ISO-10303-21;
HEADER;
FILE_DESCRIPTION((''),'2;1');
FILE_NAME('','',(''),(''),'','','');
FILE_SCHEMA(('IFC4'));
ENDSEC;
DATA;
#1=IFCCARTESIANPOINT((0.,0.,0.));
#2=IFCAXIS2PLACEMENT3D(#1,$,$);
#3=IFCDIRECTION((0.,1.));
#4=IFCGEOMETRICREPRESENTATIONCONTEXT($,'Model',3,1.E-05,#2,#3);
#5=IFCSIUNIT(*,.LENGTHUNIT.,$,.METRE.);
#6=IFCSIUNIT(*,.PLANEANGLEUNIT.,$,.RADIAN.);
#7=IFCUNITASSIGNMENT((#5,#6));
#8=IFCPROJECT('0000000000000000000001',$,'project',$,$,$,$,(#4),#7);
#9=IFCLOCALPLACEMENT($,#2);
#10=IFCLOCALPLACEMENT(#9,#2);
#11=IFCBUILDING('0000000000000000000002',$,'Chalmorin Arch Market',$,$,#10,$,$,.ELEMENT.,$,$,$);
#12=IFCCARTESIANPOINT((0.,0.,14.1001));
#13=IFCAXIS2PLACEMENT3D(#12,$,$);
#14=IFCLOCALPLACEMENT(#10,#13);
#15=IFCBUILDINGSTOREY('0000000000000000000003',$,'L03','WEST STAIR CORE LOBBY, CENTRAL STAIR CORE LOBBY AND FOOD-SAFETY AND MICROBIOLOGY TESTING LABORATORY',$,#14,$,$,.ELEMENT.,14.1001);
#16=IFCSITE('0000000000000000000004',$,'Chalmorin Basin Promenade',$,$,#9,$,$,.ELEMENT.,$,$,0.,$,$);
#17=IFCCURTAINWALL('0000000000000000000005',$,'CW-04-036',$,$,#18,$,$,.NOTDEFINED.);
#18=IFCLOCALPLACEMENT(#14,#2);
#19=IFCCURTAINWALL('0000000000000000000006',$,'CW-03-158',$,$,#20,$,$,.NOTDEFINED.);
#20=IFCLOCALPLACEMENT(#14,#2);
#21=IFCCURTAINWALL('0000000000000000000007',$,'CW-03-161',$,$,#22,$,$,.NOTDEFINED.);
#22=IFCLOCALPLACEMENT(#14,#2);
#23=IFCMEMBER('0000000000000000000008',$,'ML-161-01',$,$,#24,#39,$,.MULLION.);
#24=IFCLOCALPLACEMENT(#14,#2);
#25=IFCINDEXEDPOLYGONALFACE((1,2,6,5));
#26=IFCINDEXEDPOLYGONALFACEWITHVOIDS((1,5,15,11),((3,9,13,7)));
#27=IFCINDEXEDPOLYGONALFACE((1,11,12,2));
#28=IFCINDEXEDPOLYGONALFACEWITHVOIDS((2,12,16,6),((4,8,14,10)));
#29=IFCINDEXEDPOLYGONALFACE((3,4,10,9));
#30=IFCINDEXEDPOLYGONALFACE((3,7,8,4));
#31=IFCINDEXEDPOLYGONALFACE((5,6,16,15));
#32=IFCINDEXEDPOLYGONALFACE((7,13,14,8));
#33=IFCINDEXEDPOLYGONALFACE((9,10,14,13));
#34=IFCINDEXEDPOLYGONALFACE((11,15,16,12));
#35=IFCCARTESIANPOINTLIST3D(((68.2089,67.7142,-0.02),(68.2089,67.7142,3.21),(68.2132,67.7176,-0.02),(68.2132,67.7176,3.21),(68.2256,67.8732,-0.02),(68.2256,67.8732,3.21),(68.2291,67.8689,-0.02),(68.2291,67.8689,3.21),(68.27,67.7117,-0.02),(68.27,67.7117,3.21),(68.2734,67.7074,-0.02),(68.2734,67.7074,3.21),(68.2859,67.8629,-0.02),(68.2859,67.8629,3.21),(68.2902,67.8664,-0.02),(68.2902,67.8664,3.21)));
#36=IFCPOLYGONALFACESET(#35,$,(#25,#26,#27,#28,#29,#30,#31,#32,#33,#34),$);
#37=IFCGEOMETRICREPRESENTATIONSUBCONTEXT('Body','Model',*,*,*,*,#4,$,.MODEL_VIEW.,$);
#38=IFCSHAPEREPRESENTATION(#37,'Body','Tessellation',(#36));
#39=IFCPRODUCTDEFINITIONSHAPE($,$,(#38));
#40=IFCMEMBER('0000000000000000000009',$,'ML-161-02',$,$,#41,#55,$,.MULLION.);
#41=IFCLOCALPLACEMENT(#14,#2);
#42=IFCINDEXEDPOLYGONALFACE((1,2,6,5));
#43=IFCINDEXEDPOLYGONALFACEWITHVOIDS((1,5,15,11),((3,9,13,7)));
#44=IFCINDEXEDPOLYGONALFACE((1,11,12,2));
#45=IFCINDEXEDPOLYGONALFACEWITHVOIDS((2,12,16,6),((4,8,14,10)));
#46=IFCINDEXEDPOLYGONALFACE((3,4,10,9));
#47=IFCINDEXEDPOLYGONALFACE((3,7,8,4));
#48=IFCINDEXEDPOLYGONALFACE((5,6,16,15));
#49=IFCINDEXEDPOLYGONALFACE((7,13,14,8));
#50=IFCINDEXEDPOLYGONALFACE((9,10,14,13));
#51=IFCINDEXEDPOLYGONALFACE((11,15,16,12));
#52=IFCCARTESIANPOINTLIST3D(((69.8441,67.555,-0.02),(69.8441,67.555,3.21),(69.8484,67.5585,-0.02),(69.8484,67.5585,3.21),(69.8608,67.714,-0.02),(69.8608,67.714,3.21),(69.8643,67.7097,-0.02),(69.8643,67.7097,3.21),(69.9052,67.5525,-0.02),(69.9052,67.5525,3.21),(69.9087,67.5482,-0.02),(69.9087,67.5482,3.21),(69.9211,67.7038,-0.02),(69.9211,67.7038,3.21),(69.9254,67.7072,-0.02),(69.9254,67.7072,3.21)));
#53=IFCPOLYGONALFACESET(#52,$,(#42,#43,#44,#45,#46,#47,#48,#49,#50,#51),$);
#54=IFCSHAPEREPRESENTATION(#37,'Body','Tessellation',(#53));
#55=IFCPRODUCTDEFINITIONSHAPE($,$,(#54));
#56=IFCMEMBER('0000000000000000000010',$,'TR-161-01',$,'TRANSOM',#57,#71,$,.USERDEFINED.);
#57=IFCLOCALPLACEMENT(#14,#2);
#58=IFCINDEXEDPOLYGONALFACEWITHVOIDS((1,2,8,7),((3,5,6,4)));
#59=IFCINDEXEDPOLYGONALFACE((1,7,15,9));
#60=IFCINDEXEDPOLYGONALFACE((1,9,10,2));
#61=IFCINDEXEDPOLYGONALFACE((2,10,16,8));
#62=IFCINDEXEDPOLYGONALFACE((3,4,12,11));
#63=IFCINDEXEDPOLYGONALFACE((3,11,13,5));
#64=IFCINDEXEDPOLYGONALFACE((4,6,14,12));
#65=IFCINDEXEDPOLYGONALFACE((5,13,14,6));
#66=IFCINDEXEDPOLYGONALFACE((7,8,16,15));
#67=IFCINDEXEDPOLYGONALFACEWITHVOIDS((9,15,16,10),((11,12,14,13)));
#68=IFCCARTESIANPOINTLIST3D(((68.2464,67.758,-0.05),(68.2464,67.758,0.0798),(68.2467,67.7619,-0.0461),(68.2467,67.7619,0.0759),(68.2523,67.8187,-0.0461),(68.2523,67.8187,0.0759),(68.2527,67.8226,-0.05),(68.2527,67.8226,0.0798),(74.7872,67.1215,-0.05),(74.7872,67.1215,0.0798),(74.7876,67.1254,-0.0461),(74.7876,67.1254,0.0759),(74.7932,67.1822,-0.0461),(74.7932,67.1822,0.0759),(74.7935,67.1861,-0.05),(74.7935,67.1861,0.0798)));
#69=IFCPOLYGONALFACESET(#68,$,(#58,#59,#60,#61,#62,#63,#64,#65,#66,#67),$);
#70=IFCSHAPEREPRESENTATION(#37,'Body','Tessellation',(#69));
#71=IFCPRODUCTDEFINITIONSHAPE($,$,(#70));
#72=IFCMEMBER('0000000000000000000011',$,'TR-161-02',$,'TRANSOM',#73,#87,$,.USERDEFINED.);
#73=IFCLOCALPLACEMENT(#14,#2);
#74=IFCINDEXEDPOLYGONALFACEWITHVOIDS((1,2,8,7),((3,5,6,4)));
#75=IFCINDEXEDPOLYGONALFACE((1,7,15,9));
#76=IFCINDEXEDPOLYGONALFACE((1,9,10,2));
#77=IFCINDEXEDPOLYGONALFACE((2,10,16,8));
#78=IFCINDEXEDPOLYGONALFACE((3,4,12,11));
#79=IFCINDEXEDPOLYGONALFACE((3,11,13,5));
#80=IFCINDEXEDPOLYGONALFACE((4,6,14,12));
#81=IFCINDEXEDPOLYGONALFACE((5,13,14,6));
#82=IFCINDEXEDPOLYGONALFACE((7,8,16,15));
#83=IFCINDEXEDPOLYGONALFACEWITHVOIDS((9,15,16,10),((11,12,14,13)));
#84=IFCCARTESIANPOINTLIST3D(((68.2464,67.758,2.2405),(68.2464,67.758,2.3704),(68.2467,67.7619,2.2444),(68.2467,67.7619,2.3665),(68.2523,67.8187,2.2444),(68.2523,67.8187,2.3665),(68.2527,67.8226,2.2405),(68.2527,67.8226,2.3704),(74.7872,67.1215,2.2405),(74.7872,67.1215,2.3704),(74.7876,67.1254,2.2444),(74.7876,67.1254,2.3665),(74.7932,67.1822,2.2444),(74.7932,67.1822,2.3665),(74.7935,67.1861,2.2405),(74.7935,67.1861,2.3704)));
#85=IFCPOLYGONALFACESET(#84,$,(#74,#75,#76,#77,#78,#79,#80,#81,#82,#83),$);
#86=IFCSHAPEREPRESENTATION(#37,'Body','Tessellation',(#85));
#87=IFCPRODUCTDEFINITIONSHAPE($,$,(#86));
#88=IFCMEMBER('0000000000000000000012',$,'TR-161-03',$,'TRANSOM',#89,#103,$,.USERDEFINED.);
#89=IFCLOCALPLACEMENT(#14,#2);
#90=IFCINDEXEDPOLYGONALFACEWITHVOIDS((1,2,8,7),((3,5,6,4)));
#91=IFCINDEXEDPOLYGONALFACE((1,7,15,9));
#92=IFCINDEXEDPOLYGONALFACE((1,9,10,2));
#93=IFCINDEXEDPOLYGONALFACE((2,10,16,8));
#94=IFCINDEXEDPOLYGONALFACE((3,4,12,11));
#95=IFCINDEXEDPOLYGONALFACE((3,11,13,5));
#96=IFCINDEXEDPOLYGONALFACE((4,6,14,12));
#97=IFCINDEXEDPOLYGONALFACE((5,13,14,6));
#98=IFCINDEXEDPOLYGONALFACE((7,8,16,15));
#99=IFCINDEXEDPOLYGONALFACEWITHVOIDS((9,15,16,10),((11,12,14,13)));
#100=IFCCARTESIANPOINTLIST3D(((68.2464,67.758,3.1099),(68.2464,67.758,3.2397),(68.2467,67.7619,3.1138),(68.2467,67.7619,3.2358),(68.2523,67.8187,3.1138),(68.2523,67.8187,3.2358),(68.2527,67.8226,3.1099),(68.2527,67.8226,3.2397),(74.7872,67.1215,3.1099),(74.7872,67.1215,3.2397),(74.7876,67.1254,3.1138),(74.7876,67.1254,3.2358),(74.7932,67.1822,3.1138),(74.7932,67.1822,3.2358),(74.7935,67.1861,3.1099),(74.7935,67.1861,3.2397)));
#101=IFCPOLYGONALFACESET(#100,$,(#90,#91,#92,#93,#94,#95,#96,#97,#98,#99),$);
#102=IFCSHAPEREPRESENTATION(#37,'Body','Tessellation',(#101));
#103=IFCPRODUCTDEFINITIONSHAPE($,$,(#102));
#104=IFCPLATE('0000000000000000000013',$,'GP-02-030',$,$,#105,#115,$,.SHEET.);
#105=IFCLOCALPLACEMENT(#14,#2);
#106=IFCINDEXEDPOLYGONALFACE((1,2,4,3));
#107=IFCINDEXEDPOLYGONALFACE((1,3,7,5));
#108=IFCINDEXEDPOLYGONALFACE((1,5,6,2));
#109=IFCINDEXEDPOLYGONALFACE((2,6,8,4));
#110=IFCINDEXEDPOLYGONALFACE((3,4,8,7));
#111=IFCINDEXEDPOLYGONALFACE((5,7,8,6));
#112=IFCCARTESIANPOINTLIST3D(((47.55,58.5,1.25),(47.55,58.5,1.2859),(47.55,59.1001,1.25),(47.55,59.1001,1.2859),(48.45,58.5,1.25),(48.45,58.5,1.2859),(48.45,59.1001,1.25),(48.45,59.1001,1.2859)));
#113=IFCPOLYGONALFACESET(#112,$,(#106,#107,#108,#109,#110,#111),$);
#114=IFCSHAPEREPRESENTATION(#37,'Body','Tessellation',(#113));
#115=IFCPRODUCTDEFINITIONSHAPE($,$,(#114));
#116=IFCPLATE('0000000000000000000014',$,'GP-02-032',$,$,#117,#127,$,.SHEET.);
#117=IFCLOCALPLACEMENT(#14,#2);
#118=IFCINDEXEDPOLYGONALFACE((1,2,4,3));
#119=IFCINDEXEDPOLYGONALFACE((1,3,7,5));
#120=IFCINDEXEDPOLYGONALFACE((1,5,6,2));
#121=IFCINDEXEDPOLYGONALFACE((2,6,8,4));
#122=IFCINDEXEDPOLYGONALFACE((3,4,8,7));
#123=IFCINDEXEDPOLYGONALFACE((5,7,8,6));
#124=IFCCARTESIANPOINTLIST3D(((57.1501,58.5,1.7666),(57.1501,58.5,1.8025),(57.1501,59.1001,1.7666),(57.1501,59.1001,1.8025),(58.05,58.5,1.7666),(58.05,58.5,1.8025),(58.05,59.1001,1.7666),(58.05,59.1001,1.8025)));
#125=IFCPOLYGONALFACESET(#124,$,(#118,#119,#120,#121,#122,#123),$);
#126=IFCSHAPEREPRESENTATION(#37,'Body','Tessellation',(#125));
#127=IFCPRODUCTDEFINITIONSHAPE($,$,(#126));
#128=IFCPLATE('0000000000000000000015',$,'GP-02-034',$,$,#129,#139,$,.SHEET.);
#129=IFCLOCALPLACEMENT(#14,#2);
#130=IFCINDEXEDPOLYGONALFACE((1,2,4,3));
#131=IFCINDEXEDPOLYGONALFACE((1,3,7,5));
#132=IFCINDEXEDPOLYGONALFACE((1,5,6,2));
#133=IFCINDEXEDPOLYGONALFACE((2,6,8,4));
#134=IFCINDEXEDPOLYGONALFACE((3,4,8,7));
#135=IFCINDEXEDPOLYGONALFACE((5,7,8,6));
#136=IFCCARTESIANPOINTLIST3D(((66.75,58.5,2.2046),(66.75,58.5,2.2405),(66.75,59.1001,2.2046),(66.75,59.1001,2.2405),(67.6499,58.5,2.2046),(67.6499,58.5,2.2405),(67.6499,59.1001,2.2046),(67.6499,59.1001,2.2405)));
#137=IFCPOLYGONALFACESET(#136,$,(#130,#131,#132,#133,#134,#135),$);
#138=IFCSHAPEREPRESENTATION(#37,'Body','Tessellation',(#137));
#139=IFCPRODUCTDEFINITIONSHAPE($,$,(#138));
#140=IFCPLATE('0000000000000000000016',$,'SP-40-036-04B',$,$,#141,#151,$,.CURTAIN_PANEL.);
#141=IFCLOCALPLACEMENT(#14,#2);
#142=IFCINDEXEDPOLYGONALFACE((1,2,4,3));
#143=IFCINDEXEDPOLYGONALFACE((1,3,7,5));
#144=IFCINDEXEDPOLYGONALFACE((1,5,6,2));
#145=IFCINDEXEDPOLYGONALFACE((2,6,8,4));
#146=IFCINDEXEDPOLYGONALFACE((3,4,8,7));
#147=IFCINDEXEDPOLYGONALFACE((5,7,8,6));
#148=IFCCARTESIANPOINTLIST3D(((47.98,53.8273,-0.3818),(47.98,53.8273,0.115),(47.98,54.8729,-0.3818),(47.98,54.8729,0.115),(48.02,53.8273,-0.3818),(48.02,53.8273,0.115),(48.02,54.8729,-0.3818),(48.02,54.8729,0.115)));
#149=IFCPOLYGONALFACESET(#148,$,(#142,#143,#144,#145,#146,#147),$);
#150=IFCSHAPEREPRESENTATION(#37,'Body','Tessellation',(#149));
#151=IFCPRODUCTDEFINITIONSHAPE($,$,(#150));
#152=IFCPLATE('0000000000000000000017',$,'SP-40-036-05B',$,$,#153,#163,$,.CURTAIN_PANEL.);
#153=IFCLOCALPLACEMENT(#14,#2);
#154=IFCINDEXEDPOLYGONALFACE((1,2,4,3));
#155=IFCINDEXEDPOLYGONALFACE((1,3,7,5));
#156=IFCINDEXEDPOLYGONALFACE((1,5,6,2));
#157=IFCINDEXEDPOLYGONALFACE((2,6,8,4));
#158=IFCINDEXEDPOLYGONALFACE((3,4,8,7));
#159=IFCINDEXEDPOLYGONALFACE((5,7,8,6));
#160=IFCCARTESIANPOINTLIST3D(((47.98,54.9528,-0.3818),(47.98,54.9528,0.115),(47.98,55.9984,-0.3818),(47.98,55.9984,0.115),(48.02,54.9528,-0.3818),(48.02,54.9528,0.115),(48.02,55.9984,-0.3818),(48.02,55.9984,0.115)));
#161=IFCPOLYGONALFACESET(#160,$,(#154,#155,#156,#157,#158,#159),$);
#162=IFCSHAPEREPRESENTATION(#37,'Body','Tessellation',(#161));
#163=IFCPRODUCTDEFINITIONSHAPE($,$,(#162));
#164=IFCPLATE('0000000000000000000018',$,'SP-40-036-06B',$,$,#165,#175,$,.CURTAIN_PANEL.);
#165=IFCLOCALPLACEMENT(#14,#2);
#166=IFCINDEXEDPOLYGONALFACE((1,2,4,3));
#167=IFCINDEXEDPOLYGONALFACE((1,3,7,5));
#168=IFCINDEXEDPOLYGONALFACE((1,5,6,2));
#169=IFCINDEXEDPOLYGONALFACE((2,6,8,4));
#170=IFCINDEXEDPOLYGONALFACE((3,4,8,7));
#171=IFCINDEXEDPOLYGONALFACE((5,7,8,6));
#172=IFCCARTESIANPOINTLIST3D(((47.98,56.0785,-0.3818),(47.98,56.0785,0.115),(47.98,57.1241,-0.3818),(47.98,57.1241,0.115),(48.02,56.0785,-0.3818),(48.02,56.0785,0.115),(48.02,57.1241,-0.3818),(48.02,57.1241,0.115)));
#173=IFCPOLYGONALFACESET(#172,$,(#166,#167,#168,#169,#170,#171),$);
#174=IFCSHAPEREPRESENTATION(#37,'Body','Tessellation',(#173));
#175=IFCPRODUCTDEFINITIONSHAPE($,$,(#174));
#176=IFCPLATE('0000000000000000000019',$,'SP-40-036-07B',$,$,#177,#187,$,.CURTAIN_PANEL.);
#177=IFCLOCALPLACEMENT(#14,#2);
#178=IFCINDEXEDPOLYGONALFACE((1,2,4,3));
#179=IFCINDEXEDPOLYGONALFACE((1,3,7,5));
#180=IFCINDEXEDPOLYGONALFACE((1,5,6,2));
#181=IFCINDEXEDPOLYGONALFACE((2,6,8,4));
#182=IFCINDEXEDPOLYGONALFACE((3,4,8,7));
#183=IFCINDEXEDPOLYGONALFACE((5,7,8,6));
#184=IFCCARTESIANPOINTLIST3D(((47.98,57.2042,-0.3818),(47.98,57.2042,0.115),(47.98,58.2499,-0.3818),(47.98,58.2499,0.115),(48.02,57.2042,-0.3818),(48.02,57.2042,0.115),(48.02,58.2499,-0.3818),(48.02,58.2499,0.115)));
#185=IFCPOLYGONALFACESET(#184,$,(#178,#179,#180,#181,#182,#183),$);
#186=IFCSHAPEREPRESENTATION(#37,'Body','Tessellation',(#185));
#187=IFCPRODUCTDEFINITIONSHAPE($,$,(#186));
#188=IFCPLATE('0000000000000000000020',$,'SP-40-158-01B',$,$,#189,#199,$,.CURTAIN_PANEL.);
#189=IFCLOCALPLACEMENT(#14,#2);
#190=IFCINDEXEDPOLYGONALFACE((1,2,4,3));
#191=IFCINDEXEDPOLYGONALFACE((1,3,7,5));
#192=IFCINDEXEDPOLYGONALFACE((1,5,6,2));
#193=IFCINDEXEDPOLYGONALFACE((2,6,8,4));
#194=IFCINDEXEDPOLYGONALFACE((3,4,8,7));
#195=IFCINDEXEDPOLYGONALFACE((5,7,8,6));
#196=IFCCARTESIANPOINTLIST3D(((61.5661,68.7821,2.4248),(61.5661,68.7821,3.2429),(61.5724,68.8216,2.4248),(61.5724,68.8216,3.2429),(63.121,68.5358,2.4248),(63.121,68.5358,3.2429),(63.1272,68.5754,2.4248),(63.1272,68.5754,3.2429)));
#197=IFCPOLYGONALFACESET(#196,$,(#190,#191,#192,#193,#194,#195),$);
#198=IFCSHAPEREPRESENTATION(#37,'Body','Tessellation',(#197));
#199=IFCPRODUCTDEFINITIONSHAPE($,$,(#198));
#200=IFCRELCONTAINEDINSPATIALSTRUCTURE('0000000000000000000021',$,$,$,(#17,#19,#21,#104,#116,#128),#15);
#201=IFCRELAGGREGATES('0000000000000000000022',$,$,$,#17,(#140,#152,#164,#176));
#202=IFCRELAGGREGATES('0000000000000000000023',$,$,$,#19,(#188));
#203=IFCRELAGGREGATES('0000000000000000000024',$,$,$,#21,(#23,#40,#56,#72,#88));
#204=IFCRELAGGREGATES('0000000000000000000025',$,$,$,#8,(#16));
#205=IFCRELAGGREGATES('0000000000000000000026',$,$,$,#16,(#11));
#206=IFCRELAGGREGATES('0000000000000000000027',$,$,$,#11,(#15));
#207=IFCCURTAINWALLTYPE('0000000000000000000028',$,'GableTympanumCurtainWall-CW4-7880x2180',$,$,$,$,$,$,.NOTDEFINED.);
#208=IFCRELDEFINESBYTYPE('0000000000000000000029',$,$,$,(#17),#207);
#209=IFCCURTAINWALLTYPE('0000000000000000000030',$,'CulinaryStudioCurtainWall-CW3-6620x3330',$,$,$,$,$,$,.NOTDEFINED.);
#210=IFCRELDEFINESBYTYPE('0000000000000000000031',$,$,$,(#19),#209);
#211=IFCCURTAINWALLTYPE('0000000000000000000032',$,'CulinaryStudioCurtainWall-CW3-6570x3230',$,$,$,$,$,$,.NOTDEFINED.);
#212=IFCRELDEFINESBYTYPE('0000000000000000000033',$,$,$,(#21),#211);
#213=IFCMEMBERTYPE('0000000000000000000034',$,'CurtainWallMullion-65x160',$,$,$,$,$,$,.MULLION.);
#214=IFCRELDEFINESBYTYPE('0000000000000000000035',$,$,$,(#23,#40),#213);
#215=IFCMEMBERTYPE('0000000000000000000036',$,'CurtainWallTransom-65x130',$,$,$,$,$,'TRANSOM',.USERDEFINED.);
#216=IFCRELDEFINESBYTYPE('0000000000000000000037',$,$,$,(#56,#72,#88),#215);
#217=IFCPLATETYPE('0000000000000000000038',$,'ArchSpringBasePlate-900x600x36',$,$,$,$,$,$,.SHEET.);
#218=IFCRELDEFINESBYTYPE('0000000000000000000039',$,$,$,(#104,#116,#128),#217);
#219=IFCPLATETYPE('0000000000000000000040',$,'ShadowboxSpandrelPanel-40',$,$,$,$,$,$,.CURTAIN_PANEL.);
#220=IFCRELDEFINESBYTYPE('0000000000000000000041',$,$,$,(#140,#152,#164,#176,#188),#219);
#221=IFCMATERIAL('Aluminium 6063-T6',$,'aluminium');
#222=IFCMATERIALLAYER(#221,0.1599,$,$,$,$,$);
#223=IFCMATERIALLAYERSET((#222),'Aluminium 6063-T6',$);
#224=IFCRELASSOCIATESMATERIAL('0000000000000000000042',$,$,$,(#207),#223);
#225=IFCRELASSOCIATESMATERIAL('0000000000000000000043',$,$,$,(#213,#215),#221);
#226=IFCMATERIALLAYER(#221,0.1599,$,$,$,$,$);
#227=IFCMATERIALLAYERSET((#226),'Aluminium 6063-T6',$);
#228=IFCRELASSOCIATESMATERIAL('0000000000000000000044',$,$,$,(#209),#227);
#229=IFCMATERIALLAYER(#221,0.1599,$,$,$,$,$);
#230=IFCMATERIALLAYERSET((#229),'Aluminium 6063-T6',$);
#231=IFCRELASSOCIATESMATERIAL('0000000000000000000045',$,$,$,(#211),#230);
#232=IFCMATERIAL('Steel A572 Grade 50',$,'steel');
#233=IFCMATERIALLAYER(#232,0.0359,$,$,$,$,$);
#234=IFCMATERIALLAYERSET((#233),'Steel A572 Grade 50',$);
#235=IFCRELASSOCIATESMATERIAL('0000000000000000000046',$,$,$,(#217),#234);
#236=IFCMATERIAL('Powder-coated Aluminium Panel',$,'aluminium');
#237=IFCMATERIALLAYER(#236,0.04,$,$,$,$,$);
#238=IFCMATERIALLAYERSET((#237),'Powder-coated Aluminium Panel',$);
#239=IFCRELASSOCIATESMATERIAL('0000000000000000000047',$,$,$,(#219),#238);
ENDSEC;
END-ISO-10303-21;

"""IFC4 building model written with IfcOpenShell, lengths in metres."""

from ifc_helpers import new_model, si_unit, direction, frame, origin, origin_2d, place, context, subcontext, project, spatial, rectangle, hollow_rectangle, extrude, material, layer, layer_set, material_profile, profile_set, type_object, element, aggregate, save


model = new_model("IFC4")

# Units and contexts
model_context = context("Model", 3, precision=1e-05, world=origin(), true_north=direction((0.0, 1.0)))
body_context = subcontext(model_context, "Body", "Model", "MODEL_VIEW")
ifc_project = project(units=[si_unit("LENGTHUNIT", "METRE"), si_unit("PLANEANGLEUNIT", "RADIAN")], contexts=[model_context])

# Site, building, storey
site_placement = place(None, origin())
site = spatial("IfcSite", under=ifc_project, at=site_placement, Name="Chalmorin Basin Promenade", CompositionType="ELEMENT", RefElevation=0.0)
building_placement = place(site_placement, origin())
building = spatial("IfcBuilding", under=site, at=building_placement, Name="Chalmorin Arch Market", CompositionType="ELEMENT")
storey_placement = place(building_placement, frame((0.0, 0.0, 14.1001)))
storey = spatial("IfcBuildingStorey", under=building, at=storey_placement, Name="L03", Description="WEST STAIR CORE LOBBY, CENTRAL STAIR CORE LOBBY AND FOOD-SAFETY AND MICROBIOLOGY TESTING LABORATORY", CompositionType="ELEMENT", Elevation=14.1001)

# Curtain walls, members
ifc_material_1 = material(Name="Aluminium 6063-T6", Category="aluminium")
ifc_layer_1 = layer(ifc_material_1, 0.1599)
ifc_layer_set_1 = layer_set([ifc_layer_1], Name="Aluminium 6063-T6")
curtain_wall_type_1 = type_object("IfcCurtainWallType", Name="GableTympanumCurtainWall-CW4-7880x2180", PredefinedType="NOTDEFINED", material=ifc_layer_set_1)
curtain_wall_1_placement = place(storey_placement, origin())
curtain_wall_1 = element("IfcCurtainWall", 1, at=curtain_wall_1_placement, inside=storey, type_object=curtain_wall_type_1, Name="CW-04-036", PredefinedType="NOTDEFINED")
ifc_material_profile_1 = material_profile(ifc_material_1, hollow_rectangle(XDim=0.0649, YDim=0.1599, WallThickness=0.0039, at=origin_2d()), Name="ALU65X160X4")
ifc_profile_set_1 = profile_set([ifc_material_profile_1], Name="Aluminium 6063-T6")
member_type_1 = type_object("IfcMemberType", Name="CurtainWallMullion-65x160", PredefinedType="MULLION", material=ifc_profile_set_1)
ifc_layer_2 = layer(ifc_material_1, 0.1599)
ifc_layer_set_2 = layer_set([ifc_layer_2], Name="Aluminium 6063-T6")
curtain_wall_type_2 = type_object("IfcCurtainWallType", Name="CulinaryStudioCurtainWall-CW3-6620x3330", PredefinedType="NOTDEFINED", material=ifc_layer_set_2)
curtain_wall_2_placement = place(storey_placement, origin())
curtain_wall_2 = element("IfcCurtainWall", 2, at=curtain_wall_2_placement, inside=storey, type_object=curtain_wall_type_2, Name="CW-03-158", PredefinedType="NOTDEFINED")
ifc_layer_3 = layer(ifc_material_1, 0.1599)
ifc_layer_set_3 = layer_set([ifc_layer_3], Name="Aluminium 6063-T6")
curtain_wall_type_3 = type_object("IfcCurtainWallType", Name="CulinaryStudioCurtainWall-CW3-6570x3230", PredefinedType="NOTDEFINED", material=ifc_layer_set_3)
curtain_wall_3_placement = place(storey_placement, origin())
curtain_wall_3 = element("IfcCurtainWall", 3, at=curtain_wall_3_placement, inside=storey, type_object=curtain_wall_type_3, Name="CW-03-161", PredefinedType="NOTDEFINED")
member_1_placement = place(storey_placement, frame((68.2495, 67.7903, -0.02), z_axis=(0.0, 0.0, 1.0), x_axis=(0.994522, -0.104528, 0.0)))
member_1 = element("IfcMember", 4, at=member_1_placement, type_object=member_type_1, Name="ML-161-01", PredefinedType="MULLION", context=body_context, shape_type="SweptSolid", body=[
    extrude(hollow_rectangle(XDim=0.0649, YDim=0.1599, WallThickness=0.0039, at=origin_2d()), origin(), (0.0, 0.0, 1.0), 3.23),
])
member_2_placement = place(storey_placement, frame((69.8848, 67.6311, -0.02), z_axis=(0.0, 0.0, 1.0), x_axis=(0.994522, -0.104528, 0.0)))
member_2 = element("IfcMember", 5, at=member_2_placement, type_object=member_type_1, Name="ML-161-02", PredefinedType="MULLION", context=body_context, shape_type="SweptSolid", body=[
    extrude(hollow_rectangle(XDim=0.0649, YDim=0.1599, WallThickness=0.0039, at=origin_2d()), origin(), (0.0, 0.0, 1.0), 3.23),
])
ifc_material_profile_2 = material_profile(ifc_material_1, hollow_rectangle(XDim=0.0649, YDim=0.1299, WallThickness=0.0039, at=origin_2d()), Name="ALU65X130X4")
ifc_profile_set_2 = profile_set([ifc_material_profile_2], Name="Aluminium 6063-T6")
member_type_2 = type_object("IfcMemberType", Name="CurtainWallTransom-65x130", ElementType="TRANSOM", PredefinedType="USERDEFINED", material=ifc_profile_set_2)
member_3_placement = place(storey_placement, frame((68.2495, 67.7903, 0.0149), z_axis=(0.995299, -0.096851, 0.0), x_axis=(0.096851, 0.995299, 0.0)))
member_3 = element("IfcMember", 6, at=member_3_placement, type_object=member_type_2, Name="TR-161-01", ObjectType="TRANSOM", PredefinedType="USERDEFINED", context=body_context, shape_type="SweptSolid", body=[
    extrude(hollow_rectangle(XDim=0.0649, YDim=0.1299, WallThickness=0.0039, at=origin_2d()), origin(), (0.0, 0.0, 1.0), 6.5718),
])
member_4_placement = place(storey_placement, frame((68.2495, 67.7903, 2.3054), z_axis=(0.995299, -0.096851, 0.0), x_axis=(0.096851, 0.995299, 0.0)))
member_4 = element("IfcMember", 7, at=member_4_placement, type_object=member_type_2, Name="TR-161-02", ObjectType="TRANSOM", PredefinedType="USERDEFINED", context=body_context, shape_type="SweptSolid", body=[
    extrude(hollow_rectangle(XDim=0.0649, YDim=0.1299, WallThickness=0.0039, at=origin_2d()), origin(), (0.0, 0.0, 1.0), 6.5718),
])
member_5_placement = place(storey_placement, frame((68.2495, 67.7903, 3.1748), z_axis=(0.995299, -0.096851, 0.0), x_axis=(0.096851, 0.995299, 0.0)))
member_5 = element("IfcMember", 8, at=member_5_placement, type_object=member_type_2, Name="TR-161-03", ObjectType="TRANSOM", PredefinedType="USERDEFINED", context=body_context, shape_type="SweptSolid", body=[
    extrude(hollow_rectangle(XDim=0.0649, YDim=0.1299, WallThickness=0.0039, at=origin_2d()), origin(), (0.0, 0.0, 1.0), 6.5718),
])

# Plates
ifc_material_2 = material(Name="Steel A572 Grade 50", Category="steel")
ifc_layer_4 = layer(ifc_material_2, 0.0359)
ifc_layer_set_4 = layer_set([ifc_layer_4], Name="Steel A572 Grade 50")
plate_type_1 = type_object("IfcPlateType", Name="ArchSpringBasePlate-900x600x36", PredefinedType="SHEET", material=ifc_layer_set_4)
for number, where, z_axis, x_axis, name in (
    (9, (48.0, 58.8, 1.25), (0.0, 0.0, 1.0), (1.0, 0.0, 0.0), "GP-02-030"),
    (10, (57.6001, 58.8, 1.7666), (0.0, 0.0, 1.0), (1.0, 0.0, 0.0), "GP-02-032"),
    (11, (67.2, 58.8, 2.2046), (0.0, 0.0, 1.0), (1.0, 0.0, 0.0), "GP-02-034"),
):
    element("IfcPlate", number, at=place(storey_placement, frame(where, z_axis=z_axis, x_axis=x_axis)), inside=storey, type_object=plate_type_1, Name=name, PredefinedType="SHEET", context=body_context, shape_type="SweptSolid", body=[
        extrude(rectangle(XDim=0.8999, YDim=0.6001, at=origin_2d()), origin(), (0.0, 0.0, 1.0), 0.0359),
    ])

# Plates
ifc_material_3 = material(Name="Powder-coated Aluminium Panel", Category="aluminium")
ifc_layer_5 = layer(ifc_material_3, 0.04)
ifc_layer_set_5 = layer_set([ifc_layer_5], Name="Powder-coated Aluminium Panel")
plate_type_2 = type_object("IfcPlateType", Name="ShadowboxSpandrelPanel-40", PredefinedType="CURTAIN_PANEL", material=ifc_layer_set_5)
plate_1_placement = place(storey_placement, frame((48.0, 54.3501, -0.3818), z_axis=(0.0, 0.0, 1.0), x_axis=(0.0, 1.0, 0.0)))
plate_1 = element("IfcPlate", 12, at=plate_1_placement, type_object=plate_type_2, Name="SP-40-036-04B", PredefinedType="CURTAIN_PANEL", context=body_context, shape_type="SweptSolid", body=[
    extrude(rectangle(XDim=1.0457, YDim=0.04, at=origin_2d()), origin(), (0.0, 0.0, 1.0), 0.4968),
])
plate_2_placement = place(storey_placement, frame((48.0, 55.4756, -0.3818), z_axis=(0.0, 0.0, 1.0), x_axis=(0.0, 1.0, 0.0)))
plate_2 = element("IfcPlate", 13, at=plate_2_placement, type_object=plate_type_2, Name="SP-40-036-05B", PredefinedType="CURTAIN_PANEL", context=body_context, shape_type="SweptSolid", body=[
    extrude(rectangle(XDim=1.0457, YDim=0.04, at=origin_2d()), origin(), (0.0, 0.0, 1.0), 0.4968),
])
plate_3_placement = place(storey_placement, frame((48.0, 56.6013, -0.3818), z_axis=(0.0, 0.0, 1.0), x_axis=(0.0, 1.0, 0.0)))
plate_3 = element("IfcPlate", 14, at=plate_3_placement, type_object=plate_type_2, Name="SP-40-036-06B", PredefinedType="CURTAIN_PANEL", context=body_context, shape_type="SweptSolid", body=[
    extrude(rectangle(XDim=1.0457, YDim=0.04, at=origin_2d()), origin(), (0.0, 0.0, 1.0), 0.4968),
])
plate_4_placement = place(storey_placement, frame((48.0, 57.7271, -0.3818), z_axis=(0.0, 0.0, 1.0), x_axis=(0.0, 1.0, 0.0)))
plate_4 = element("IfcPlate", 15, at=plate_4_placement, type_object=plate_type_2, Name="SP-40-036-07B", PredefinedType="CURTAIN_PANEL", context=body_context, shape_type="SweptSolid", body=[
    extrude(rectangle(XDim=1.0457, YDim=0.04, at=origin_2d()), origin(), (0.0, 0.0, 1.0), 0.4968),
])
plate_5_placement = place(storey_placement, frame((62.3467, 68.6787, 2.4248), z_axis=(0.0, 0.0, 1.0), x_axis=(0.987688, -0.156434, 0.0)))
plate_5 = element("IfcPlate", 16, at=plate_5_placement, type_object=plate_type_2, Name="SP-40-158-01B", PredefinedType="CURTAIN_PANEL", context=body_context, shape_type="SweptSolid", body=[
    extrude(rectangle(XDim=1.5742, YDim=0.04, at=origin_2d()), origin(), (0.0, 0.0, 1.0), 0.8181),
])
aggregate(curtain_wall_1, [plate_1, plate_2, plate_3, plate_4])
aggregate(curtain_wall_2, [plate_5])
aggregate(curtain_wall_3, [member_1, member_2, member_3, member_4, member_5])

save(model, "model.ifc")
